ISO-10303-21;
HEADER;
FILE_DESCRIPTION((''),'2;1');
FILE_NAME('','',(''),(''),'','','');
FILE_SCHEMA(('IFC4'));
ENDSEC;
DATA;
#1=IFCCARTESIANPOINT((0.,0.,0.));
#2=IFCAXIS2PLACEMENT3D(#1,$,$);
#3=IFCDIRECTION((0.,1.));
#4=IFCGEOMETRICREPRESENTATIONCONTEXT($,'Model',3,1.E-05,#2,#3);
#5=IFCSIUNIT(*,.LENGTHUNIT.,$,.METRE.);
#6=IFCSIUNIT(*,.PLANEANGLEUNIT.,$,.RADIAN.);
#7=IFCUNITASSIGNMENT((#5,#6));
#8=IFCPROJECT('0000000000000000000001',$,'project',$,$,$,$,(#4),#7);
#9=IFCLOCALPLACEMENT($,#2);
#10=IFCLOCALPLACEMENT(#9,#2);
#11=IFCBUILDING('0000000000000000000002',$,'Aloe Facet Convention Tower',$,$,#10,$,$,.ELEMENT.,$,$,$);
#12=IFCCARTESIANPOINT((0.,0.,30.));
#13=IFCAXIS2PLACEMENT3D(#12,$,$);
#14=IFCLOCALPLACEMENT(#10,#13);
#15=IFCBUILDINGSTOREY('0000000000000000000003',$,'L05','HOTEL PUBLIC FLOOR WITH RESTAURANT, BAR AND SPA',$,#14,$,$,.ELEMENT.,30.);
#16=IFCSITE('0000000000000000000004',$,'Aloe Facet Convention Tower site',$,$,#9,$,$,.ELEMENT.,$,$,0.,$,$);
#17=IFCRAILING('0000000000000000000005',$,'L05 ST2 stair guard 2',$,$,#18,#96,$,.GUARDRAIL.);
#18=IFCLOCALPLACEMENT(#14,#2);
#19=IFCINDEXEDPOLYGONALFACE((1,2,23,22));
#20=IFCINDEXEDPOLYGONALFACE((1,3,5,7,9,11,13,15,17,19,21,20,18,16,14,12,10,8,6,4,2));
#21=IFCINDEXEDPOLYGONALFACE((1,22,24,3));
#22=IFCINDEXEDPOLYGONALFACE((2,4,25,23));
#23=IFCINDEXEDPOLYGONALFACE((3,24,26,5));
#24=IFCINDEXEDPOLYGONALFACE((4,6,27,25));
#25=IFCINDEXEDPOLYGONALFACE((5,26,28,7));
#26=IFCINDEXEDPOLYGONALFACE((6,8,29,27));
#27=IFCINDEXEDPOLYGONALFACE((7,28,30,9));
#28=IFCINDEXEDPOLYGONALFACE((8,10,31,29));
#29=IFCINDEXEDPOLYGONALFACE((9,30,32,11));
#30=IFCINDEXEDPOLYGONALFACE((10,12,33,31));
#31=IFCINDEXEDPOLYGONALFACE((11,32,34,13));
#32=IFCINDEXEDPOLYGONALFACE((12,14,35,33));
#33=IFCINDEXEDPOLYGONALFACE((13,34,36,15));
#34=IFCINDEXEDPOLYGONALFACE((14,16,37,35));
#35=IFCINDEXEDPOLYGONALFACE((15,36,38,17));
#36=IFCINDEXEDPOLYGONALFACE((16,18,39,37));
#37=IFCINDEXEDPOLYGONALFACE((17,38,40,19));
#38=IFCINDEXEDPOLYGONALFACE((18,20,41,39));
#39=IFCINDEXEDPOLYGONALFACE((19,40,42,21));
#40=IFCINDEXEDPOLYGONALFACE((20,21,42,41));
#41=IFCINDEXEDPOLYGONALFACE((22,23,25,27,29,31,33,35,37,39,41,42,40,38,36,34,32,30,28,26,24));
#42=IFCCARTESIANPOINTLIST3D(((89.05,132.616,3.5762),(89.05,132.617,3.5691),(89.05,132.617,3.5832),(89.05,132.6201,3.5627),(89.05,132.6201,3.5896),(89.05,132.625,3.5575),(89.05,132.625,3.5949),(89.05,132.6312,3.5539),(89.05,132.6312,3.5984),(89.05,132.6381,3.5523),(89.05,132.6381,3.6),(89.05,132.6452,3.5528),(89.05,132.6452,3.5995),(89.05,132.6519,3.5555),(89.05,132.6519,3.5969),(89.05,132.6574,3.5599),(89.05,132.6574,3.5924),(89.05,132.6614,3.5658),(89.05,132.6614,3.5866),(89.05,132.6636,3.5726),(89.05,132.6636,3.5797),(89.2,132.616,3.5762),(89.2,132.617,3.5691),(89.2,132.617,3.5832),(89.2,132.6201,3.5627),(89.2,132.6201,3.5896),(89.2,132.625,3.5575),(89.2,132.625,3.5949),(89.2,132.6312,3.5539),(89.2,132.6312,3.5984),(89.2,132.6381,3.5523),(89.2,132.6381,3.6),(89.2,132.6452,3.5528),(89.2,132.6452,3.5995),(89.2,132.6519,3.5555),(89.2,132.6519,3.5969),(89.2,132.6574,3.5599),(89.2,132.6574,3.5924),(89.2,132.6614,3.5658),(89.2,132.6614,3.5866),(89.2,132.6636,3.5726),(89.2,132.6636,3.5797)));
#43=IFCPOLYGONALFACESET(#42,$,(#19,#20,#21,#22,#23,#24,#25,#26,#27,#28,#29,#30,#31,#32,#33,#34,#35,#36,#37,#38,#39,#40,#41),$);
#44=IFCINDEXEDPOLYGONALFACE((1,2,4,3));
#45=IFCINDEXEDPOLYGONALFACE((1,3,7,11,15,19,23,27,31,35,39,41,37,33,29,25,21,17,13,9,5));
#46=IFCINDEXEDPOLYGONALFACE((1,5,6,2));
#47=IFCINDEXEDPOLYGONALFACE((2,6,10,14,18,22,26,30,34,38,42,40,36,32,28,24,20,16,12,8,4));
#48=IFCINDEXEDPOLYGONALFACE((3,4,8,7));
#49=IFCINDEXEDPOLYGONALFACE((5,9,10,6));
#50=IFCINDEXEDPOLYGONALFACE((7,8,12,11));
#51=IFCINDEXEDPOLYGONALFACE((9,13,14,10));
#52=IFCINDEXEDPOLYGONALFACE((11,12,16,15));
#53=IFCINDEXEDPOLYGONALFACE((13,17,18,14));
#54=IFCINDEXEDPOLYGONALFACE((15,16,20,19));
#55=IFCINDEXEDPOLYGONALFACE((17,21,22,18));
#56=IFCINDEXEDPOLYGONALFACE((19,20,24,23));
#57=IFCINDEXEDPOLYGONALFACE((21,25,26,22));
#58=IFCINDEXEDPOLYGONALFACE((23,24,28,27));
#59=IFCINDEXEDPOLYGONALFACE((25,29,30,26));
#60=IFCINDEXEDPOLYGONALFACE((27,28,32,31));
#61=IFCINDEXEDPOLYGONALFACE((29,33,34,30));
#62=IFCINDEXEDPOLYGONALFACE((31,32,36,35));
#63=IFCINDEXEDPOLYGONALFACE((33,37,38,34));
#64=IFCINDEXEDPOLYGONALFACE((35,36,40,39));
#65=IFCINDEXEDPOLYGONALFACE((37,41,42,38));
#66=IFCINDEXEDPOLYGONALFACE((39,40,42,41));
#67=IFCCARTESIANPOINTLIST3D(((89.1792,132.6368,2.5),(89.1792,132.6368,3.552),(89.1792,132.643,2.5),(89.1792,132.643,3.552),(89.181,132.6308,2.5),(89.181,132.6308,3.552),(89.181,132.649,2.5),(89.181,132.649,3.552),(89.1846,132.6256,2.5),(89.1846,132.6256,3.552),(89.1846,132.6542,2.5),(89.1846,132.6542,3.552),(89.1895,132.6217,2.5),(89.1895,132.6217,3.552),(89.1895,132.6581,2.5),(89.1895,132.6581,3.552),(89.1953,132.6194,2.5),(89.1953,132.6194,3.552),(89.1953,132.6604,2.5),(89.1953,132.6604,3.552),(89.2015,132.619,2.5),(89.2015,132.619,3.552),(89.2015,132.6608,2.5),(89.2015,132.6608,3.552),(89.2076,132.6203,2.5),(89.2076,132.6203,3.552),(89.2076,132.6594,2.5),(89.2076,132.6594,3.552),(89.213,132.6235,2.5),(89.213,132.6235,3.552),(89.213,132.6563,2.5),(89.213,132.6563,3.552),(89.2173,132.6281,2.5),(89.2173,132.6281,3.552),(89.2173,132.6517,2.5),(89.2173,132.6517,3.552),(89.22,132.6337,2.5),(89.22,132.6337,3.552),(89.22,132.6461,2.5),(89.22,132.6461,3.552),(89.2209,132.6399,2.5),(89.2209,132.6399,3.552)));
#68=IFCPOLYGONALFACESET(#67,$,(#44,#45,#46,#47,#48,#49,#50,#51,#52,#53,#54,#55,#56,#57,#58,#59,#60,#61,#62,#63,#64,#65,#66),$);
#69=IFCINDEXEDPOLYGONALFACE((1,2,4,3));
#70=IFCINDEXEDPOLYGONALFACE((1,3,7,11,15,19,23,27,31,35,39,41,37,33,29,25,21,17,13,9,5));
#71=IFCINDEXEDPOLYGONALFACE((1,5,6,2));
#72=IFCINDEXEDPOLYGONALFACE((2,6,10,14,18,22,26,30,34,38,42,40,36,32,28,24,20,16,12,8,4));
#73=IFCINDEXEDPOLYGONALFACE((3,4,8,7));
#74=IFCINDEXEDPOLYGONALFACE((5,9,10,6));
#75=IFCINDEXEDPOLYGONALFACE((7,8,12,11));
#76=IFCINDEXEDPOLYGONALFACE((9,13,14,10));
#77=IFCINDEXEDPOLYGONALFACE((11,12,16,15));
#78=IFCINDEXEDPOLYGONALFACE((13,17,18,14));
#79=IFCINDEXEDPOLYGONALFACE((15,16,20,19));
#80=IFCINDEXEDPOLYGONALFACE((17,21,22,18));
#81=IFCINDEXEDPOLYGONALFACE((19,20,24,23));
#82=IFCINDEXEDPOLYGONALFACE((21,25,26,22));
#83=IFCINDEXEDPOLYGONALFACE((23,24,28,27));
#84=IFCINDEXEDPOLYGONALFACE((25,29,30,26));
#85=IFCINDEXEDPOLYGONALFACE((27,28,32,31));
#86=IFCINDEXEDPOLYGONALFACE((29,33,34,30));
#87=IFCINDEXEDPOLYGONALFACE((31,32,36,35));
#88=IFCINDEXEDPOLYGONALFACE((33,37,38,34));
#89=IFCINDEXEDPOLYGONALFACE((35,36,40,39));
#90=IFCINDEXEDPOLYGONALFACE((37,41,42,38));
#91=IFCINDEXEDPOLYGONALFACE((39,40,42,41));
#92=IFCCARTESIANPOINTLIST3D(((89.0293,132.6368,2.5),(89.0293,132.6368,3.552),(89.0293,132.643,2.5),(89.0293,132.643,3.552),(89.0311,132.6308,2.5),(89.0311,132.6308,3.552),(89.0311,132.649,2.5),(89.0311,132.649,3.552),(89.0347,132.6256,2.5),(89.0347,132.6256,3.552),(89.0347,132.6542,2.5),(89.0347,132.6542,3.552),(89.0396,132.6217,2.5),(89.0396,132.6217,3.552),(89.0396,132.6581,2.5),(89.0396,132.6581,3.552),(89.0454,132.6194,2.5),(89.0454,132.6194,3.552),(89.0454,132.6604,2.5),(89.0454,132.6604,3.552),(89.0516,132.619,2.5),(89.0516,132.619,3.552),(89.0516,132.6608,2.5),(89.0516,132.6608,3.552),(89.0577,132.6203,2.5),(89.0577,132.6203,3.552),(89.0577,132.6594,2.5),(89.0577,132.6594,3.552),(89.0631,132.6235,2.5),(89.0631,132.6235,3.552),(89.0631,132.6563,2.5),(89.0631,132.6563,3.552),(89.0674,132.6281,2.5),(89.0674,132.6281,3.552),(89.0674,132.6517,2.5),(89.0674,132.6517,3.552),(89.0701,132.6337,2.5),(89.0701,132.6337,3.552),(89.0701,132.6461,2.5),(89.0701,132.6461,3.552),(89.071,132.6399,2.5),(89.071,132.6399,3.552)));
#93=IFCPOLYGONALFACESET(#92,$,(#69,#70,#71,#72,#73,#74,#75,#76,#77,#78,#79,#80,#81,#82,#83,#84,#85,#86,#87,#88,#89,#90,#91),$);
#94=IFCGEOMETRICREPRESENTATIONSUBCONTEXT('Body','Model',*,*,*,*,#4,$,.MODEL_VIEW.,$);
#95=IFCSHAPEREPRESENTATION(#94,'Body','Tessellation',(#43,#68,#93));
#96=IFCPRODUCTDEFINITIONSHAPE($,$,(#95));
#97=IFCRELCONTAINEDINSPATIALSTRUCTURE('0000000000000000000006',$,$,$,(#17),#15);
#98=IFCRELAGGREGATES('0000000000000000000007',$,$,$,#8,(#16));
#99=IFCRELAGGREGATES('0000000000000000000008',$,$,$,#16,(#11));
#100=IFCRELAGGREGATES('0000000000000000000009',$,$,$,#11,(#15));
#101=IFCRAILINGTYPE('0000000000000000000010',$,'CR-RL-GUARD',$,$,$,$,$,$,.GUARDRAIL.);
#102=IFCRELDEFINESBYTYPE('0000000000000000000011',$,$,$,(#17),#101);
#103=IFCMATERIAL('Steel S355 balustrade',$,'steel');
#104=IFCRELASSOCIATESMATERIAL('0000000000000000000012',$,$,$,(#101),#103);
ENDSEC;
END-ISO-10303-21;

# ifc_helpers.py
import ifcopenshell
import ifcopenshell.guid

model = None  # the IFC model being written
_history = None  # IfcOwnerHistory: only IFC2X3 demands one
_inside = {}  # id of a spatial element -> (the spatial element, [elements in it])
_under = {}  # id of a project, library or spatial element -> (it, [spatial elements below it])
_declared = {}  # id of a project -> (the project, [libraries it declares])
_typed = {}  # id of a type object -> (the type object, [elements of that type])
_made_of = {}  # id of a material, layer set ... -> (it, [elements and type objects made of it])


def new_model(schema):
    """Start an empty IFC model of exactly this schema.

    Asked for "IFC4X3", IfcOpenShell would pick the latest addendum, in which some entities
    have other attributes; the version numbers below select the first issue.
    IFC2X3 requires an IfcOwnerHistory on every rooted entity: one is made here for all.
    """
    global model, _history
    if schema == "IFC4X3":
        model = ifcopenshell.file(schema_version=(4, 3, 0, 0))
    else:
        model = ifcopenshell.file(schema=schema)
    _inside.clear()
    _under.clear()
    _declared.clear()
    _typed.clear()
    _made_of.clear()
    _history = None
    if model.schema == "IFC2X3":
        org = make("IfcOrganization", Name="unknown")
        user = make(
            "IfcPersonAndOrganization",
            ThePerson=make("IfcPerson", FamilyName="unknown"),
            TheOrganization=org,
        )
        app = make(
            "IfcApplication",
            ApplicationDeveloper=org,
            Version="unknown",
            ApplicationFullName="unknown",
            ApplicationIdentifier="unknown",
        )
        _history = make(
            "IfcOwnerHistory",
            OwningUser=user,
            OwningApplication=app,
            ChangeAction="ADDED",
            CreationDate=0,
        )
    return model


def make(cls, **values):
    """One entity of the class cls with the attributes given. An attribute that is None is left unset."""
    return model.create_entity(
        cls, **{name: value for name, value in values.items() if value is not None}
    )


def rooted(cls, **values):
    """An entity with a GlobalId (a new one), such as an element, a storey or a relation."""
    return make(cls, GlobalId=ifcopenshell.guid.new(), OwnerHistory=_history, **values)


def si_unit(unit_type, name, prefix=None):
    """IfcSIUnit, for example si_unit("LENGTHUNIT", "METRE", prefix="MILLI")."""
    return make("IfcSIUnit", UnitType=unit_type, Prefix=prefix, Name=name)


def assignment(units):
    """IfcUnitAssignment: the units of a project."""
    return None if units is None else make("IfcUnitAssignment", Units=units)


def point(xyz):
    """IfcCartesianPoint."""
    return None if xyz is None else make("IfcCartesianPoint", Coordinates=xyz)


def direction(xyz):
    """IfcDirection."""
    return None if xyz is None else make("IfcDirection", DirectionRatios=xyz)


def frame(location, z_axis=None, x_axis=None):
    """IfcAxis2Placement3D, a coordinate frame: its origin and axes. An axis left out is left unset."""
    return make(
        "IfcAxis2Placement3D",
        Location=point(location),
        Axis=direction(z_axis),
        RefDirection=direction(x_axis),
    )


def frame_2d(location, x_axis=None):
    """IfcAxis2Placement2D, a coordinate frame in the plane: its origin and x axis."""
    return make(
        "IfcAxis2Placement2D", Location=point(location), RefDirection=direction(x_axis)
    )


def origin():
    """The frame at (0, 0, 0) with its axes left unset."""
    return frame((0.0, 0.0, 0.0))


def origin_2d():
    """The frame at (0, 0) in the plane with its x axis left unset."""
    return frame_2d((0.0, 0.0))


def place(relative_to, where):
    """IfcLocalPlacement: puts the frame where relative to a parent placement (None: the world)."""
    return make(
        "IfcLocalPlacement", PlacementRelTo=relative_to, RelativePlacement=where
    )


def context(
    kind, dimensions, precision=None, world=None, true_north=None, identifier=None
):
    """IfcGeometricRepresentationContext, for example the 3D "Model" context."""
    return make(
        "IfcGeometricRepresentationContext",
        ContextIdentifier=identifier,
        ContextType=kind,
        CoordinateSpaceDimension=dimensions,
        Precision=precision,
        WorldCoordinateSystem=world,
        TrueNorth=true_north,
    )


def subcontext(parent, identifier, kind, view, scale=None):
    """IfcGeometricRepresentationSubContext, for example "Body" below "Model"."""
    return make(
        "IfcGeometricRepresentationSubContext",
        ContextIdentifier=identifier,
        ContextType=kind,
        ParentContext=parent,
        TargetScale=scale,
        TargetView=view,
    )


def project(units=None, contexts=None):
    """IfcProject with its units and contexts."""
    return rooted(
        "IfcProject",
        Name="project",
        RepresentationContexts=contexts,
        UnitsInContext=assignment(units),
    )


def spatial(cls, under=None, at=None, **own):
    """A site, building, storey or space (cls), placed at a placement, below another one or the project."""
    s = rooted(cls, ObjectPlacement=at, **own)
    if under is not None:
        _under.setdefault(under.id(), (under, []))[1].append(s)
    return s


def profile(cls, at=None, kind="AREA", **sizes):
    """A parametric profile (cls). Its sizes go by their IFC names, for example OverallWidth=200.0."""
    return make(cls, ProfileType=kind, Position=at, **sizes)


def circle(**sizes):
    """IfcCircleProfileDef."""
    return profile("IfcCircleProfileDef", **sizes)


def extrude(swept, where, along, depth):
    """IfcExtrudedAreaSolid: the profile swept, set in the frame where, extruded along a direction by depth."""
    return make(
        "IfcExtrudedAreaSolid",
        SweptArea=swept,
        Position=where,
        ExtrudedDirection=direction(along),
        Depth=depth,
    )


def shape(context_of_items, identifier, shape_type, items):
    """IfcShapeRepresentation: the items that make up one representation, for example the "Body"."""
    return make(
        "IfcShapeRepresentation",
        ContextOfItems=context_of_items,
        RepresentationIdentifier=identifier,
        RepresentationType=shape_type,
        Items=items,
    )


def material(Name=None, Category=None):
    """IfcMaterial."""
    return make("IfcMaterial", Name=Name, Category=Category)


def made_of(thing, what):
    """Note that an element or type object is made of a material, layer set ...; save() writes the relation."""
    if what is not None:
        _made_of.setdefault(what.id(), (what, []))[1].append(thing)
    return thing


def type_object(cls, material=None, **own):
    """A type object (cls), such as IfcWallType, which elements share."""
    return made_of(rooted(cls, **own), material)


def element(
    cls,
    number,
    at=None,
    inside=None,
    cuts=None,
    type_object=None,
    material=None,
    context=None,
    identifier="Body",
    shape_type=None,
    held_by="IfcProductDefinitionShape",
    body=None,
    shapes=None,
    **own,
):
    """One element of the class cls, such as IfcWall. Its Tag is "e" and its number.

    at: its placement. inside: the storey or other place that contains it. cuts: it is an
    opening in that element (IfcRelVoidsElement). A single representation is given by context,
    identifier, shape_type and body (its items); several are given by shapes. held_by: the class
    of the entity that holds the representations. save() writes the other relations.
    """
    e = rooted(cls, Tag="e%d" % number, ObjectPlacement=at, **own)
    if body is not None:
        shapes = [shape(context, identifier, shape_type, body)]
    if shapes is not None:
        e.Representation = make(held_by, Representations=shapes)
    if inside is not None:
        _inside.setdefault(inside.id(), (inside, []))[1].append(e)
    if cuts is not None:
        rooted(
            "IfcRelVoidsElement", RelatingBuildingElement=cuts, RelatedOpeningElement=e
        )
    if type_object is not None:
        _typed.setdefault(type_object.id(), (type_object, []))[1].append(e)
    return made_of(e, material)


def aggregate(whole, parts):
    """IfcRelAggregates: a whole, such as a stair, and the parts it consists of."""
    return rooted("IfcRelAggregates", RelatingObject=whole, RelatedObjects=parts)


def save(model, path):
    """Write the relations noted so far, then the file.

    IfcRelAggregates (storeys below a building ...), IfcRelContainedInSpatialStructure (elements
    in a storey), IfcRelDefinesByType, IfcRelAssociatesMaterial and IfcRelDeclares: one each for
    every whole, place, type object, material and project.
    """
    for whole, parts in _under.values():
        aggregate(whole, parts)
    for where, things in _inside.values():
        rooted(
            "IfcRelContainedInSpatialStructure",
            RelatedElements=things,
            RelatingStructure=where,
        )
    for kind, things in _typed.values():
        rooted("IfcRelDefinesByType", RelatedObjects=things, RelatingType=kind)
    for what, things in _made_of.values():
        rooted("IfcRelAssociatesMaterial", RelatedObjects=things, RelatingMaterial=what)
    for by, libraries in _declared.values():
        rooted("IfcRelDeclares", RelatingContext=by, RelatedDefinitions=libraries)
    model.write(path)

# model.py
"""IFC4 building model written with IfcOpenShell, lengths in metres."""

from ifc_helpers import new_model, si_unit, direction, frame, origin, origin_2d, place, context, subcontext, project, spatial, circle, extrude, material, type_object, element, save


model = new_model("IFC4")

# Units and contexts
model_context = context("Model", 3, precision=1e-05, world=origin(), true_north=direction((0.0, 1.0)))
body_context = subcontext(model_context, "Body", "Model", "MODEL_VIEW")
ifc_project = project(units=[si_unit("LENGTHUNIT", "METRE"), si_unit("PLANEANGLEUNIT", "RADIAN")], contexts=[model_context])

# Site, building, storey
site_placement = place(None, origin())
site = spatial("IfcSite", under=ifc_project, at=site_placement, Name="Aloe Facet Convention Tower site", CompositionType="ELEMENT", RefElevation=0.0)
building_placement = place(site_placement, origin())
building = spatial("IfcBuilding", under=site, at=building_placement, Name="Aloe Facet Convention Tower", CompositionType="ELEMENT")
storey_placement = place(building_placement, frame((0.0, 0.0, 30.0)))
storey = spatial("IfcBuildingStorey", under=building, at=storey_placement, Name="L05", Description="HOTEL PUBLIC FLOOR WITH RESTAURANT, BAR AND SPA", CompositionType="ELEMENT", Elevation=30.0)

# Railing
ifc_material_1 = material(Name="Steel S355 balustrade", Category="steel")
railing_type = type_object("IfcRailingType", Name="CR-RL-GUARD", PredefinedType="GUARDRAIL", material=ifc_material_1)
railing_1_placement = place(storey_placement, frame((89.2, 132.6399, 2.5)))
element("IfcRailing", 1, at=railing_1_placement, inside=storey, type_object=railing_type, Name="L05 ST2 stair guard 2", PredefinedType="GUARDRAIL", context=body_context, shape_type="SweptSolid", body=[
    extrude(circle(Radius=0.0239, at=origin_2d()), frame((0.0, 0.0, 1.0762), z_axis=(-1.0, 0.0, 0.0), x_axis=(0.0, -1.0, 0.0)), (0.0, 0.0, 1.0), 0.1499),
    extrude(circle(Radius=0.021, at=origin_2d()), origin(), (0.0, 0.0, 1.0), 1.052),
    extrude(circle(Radius=0.021, at=origin_2d()), frame((-0.1499, 0.0, 0.0)), (0.0, 0.0, 1.0), 1.052),
])

save(model, "model.ifc")
